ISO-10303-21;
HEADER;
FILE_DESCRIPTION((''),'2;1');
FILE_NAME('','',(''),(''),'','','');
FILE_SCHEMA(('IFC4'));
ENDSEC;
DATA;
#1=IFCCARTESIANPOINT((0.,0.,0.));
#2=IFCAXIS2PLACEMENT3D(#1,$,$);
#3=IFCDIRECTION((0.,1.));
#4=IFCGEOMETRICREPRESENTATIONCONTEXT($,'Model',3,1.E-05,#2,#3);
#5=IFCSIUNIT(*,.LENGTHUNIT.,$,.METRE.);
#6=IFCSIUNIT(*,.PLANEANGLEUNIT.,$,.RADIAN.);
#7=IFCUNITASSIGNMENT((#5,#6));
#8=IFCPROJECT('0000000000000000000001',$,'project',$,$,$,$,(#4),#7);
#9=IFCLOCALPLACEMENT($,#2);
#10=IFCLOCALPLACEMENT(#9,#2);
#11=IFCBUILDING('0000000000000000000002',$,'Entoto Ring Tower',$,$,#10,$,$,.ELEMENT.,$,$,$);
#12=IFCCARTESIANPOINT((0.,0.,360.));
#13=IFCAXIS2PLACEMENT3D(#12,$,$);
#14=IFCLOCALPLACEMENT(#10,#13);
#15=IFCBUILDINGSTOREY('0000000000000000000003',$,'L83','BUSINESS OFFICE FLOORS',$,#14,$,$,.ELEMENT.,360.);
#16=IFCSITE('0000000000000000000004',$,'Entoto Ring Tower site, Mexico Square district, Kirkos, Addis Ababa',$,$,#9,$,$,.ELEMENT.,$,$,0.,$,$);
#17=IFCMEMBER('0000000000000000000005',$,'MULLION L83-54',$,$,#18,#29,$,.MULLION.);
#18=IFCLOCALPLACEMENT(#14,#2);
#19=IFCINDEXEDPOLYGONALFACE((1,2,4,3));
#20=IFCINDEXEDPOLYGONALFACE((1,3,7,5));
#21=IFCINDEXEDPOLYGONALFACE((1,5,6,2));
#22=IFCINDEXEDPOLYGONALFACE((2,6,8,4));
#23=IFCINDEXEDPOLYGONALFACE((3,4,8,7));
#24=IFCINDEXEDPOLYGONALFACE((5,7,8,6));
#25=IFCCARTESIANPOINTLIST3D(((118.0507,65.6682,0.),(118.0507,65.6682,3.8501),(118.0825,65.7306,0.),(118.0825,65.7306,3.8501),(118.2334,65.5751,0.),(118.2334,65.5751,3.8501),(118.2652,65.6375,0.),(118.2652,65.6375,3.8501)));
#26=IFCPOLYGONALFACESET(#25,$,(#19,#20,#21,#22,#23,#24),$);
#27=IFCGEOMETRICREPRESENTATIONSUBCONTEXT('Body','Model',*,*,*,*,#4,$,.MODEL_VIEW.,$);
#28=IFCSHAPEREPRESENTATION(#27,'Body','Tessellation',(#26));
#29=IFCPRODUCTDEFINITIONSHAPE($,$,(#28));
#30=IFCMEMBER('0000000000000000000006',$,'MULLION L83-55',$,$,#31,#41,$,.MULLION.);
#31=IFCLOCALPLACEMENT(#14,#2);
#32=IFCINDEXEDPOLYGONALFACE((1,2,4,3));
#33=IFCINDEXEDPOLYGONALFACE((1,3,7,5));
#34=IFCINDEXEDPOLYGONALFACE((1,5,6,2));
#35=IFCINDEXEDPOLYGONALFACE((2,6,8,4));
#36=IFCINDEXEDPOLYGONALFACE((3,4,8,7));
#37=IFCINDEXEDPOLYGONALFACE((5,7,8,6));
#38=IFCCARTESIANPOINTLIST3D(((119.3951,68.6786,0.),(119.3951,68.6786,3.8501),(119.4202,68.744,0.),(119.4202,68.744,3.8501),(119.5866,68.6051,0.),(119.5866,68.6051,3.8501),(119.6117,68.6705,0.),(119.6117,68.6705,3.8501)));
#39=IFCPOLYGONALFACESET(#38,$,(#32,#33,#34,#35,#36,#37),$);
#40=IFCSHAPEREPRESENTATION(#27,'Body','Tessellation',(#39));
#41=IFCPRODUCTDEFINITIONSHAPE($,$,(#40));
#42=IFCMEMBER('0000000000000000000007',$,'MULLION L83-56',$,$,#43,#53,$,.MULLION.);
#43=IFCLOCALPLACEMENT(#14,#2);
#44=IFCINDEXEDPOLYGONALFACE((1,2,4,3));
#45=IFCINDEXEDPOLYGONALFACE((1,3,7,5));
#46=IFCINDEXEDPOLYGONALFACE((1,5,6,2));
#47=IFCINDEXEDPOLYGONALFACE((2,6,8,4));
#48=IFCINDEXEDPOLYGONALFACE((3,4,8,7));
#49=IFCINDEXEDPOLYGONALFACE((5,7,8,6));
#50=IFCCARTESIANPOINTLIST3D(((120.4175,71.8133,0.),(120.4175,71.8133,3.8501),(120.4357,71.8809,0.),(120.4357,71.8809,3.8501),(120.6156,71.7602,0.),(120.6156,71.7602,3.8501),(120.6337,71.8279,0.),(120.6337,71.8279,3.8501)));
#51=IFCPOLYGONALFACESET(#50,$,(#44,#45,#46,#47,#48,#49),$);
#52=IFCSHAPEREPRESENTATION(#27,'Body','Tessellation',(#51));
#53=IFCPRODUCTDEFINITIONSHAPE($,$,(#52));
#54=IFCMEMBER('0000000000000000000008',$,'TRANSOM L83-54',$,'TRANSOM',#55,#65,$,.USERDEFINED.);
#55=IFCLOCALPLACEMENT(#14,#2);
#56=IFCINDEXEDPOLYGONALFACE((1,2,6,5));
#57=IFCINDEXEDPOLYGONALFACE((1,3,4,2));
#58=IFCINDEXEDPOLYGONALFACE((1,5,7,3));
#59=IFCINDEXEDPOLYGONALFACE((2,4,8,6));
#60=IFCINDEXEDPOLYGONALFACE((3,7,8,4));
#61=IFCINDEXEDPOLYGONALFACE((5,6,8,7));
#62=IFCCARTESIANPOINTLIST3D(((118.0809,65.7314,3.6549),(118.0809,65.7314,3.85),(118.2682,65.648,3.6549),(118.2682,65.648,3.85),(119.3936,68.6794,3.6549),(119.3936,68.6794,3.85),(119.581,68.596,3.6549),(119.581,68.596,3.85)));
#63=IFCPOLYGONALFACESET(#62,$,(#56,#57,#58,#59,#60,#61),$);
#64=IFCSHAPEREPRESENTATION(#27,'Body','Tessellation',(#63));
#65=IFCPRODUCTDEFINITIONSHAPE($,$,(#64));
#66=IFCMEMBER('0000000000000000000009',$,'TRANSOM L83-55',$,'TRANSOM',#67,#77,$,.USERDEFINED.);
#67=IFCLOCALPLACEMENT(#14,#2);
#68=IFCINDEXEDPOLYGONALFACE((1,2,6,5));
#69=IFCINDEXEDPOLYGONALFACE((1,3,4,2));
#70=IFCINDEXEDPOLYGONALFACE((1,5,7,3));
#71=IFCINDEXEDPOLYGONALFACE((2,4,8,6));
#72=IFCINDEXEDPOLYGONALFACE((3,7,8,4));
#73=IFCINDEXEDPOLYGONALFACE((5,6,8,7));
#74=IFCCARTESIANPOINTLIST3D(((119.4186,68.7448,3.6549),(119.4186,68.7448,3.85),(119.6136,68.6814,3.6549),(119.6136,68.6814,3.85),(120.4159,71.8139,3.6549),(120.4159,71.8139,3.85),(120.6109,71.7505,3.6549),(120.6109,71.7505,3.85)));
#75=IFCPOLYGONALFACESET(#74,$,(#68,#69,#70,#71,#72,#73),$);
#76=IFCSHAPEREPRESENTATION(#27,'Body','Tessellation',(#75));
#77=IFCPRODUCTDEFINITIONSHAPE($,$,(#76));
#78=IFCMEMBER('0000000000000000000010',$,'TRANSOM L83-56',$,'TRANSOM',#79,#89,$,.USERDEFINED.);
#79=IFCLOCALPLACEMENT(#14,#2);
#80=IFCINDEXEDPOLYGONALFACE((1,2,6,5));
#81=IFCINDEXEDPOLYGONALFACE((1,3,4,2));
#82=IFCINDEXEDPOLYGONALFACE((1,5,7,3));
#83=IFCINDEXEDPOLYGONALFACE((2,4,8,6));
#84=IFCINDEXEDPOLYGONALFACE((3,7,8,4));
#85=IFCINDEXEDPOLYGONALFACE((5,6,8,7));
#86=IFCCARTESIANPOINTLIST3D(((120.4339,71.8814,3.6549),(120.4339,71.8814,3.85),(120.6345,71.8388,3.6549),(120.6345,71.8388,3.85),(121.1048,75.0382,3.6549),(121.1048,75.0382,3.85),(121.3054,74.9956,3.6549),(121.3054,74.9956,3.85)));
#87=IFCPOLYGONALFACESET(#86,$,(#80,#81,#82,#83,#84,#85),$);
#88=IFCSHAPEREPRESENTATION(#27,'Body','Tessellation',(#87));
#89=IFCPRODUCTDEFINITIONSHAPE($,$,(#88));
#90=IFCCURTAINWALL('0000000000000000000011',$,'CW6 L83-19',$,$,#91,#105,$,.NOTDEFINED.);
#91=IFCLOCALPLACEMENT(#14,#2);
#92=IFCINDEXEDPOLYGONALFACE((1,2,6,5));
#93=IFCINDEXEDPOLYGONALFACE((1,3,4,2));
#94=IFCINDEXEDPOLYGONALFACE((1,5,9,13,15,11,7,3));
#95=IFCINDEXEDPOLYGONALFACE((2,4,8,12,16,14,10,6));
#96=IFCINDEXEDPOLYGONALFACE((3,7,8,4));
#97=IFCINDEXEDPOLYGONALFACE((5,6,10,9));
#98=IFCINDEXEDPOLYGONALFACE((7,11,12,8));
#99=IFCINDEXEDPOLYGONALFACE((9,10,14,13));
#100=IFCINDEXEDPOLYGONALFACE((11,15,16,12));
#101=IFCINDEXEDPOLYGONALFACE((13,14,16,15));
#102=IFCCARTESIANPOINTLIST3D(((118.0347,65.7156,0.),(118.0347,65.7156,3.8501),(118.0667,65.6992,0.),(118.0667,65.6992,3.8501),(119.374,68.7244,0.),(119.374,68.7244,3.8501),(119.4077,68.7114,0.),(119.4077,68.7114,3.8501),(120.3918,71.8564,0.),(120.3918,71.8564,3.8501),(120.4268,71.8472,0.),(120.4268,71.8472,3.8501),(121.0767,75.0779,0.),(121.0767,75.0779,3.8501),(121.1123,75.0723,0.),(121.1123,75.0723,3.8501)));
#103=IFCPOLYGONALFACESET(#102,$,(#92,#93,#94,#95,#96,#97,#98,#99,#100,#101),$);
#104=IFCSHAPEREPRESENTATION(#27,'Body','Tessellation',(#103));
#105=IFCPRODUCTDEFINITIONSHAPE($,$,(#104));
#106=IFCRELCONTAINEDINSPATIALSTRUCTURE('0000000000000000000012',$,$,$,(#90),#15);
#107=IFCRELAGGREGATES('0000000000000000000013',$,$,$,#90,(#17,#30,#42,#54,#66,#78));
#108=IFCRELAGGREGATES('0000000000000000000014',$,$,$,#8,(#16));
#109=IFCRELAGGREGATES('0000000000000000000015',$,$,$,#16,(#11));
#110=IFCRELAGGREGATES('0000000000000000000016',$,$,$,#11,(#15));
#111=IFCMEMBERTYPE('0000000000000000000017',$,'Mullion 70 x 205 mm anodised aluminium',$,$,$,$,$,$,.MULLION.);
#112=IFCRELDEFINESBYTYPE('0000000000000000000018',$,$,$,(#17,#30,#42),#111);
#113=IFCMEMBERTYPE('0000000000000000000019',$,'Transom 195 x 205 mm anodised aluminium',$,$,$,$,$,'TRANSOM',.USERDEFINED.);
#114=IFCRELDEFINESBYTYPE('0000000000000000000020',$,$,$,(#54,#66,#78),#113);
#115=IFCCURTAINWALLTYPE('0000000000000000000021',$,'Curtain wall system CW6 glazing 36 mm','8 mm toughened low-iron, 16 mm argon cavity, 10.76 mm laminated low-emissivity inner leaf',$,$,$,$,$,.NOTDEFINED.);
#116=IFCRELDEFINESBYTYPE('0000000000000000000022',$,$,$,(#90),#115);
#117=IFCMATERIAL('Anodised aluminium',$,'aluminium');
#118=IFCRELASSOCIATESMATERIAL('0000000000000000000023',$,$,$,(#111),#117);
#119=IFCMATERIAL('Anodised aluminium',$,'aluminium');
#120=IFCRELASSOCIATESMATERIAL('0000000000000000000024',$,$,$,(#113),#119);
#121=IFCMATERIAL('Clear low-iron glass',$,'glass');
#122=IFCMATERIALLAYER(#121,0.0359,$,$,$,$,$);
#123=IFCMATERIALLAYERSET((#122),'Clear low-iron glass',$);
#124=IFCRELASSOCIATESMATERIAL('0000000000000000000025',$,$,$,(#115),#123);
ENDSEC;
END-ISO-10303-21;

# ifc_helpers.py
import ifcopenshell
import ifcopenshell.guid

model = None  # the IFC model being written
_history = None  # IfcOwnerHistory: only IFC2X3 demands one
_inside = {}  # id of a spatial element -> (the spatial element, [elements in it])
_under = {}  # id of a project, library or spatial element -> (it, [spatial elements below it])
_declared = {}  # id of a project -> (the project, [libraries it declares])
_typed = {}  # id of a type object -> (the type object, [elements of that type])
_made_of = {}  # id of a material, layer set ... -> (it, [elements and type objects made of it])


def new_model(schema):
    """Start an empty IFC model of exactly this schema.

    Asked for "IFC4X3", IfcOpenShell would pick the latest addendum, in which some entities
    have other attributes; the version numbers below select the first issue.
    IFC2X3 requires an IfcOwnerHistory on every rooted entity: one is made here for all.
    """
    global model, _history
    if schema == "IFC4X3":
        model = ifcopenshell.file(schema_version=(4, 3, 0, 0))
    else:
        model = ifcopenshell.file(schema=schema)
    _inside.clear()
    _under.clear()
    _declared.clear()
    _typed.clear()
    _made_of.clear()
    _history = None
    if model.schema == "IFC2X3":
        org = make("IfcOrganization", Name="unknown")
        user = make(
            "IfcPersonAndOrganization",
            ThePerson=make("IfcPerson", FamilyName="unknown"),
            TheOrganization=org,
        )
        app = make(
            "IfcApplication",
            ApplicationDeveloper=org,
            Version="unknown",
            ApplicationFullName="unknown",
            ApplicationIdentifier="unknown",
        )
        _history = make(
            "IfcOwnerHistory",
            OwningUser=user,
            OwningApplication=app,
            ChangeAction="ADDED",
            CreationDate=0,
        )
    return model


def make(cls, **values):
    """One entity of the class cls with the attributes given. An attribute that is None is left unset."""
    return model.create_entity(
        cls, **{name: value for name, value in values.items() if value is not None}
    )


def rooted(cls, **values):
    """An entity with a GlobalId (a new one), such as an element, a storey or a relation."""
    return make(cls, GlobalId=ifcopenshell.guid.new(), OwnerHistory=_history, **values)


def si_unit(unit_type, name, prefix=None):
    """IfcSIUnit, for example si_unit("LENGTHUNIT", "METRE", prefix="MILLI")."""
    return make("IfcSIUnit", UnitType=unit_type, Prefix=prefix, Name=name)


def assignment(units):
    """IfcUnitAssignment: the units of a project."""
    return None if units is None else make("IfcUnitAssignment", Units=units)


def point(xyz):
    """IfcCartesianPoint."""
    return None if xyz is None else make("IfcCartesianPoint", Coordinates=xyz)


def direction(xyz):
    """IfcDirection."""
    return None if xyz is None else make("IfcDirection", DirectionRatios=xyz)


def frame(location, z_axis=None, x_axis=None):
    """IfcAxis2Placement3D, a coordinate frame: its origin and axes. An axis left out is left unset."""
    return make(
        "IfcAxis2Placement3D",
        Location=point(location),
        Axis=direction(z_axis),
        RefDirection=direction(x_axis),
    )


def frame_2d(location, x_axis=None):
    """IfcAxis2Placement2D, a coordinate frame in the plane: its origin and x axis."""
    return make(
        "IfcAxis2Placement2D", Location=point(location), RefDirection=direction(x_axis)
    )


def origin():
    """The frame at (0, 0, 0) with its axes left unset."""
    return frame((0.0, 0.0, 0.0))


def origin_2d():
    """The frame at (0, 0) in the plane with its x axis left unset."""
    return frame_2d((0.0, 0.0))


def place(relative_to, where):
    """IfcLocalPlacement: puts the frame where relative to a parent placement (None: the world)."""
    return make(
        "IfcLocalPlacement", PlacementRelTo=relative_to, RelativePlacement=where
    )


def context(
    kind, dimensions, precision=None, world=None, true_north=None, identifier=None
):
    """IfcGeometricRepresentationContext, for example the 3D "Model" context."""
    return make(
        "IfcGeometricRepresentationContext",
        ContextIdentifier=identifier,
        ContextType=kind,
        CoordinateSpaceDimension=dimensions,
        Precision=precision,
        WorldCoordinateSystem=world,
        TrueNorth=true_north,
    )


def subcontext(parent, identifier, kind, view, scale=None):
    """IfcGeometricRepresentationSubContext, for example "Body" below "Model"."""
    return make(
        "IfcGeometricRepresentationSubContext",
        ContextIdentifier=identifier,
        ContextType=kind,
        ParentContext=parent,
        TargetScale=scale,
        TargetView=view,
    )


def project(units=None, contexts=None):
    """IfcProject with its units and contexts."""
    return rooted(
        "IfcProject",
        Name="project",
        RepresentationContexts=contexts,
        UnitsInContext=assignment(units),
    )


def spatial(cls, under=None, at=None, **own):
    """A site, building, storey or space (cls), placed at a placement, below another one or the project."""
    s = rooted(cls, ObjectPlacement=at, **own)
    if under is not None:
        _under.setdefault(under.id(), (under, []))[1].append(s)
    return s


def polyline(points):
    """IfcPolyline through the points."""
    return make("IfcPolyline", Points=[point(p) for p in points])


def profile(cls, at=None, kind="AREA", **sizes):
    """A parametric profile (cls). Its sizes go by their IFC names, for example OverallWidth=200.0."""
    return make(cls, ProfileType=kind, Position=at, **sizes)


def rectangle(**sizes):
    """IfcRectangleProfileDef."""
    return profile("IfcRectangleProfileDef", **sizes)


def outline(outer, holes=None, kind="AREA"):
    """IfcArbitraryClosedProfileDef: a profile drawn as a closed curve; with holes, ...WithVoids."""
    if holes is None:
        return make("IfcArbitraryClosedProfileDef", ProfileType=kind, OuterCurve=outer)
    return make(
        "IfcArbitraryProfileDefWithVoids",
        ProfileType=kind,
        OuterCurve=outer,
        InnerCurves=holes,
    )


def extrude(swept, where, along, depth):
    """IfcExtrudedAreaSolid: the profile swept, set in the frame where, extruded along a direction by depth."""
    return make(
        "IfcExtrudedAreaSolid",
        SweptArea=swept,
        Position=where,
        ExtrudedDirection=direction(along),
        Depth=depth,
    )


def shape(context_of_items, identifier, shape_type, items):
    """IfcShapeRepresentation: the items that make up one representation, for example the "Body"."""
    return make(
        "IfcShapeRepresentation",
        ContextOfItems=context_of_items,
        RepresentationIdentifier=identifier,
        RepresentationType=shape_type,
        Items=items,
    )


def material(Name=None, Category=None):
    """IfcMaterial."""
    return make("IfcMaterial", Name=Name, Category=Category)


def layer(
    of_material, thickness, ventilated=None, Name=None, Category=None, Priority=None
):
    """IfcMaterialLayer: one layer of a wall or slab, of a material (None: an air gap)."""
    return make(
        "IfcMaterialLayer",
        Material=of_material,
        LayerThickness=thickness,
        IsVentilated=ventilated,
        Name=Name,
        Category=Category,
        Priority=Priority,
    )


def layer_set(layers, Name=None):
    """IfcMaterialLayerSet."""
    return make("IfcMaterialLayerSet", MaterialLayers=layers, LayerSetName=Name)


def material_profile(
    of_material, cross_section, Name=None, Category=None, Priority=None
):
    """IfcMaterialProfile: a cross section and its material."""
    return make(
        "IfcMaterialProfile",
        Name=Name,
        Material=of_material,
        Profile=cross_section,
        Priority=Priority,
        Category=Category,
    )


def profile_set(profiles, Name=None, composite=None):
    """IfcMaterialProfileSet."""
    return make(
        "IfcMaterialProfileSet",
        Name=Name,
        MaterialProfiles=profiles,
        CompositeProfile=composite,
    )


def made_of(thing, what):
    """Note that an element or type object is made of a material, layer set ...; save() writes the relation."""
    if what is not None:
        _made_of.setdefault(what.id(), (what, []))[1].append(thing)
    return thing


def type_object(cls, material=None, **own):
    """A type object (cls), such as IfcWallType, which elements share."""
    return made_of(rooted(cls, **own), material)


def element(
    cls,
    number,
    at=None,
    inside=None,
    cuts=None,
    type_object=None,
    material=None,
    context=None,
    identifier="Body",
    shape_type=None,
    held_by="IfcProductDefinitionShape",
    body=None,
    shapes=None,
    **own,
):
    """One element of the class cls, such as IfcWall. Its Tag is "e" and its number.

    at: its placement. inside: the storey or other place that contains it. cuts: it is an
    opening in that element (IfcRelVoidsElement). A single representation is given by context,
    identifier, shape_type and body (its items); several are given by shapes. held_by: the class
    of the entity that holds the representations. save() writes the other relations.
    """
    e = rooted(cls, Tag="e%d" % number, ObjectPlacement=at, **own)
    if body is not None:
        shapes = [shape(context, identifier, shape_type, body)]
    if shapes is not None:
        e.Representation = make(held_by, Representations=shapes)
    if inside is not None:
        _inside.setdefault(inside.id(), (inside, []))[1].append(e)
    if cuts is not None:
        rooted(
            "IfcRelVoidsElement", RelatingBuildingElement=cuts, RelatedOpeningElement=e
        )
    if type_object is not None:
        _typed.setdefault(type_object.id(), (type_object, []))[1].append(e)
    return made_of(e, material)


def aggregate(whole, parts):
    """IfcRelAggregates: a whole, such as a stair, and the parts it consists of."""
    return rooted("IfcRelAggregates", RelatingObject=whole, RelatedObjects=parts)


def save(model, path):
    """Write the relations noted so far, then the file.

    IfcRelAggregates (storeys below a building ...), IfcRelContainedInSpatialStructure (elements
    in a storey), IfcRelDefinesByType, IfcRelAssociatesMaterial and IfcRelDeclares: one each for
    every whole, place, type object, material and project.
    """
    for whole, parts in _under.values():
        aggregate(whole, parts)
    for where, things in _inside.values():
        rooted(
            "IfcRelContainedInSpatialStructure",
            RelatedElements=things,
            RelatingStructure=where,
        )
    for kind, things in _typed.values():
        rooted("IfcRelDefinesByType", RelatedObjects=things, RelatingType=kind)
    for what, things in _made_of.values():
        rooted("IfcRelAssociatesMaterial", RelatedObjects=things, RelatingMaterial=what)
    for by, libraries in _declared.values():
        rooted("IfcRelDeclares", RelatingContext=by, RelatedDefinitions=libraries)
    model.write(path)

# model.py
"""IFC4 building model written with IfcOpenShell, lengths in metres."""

from ifc_helpers import new_model, si_unit, direction, frame, origin, origin_2d, place, context, subcontext, project, spatial, polyline, rectangle, outline, extrude, material, layer, layer_set, material_profile, profile_set, type_object, element, aggregate, save


model = new_model("IFC4")

# Units and contexts
model_context = context("Model", 3, precision=1e-05, world=origin(), true_north=direction((0.0, 1.0)))
body_context = subcontext(model_context, "Body", "Model", "MODEL_VIEW")
ifc_project = project(units=[si_unit("LENGTHUNIT", "METRE"), si_unit("PLANEANGLEUNIT", "RADIAN")], contexts=[model_context])

# Members
ifc_material_1 = material(Name="Anodised aluminium", Category="aluminium")
ifc_material_profile_1 = material_profile(ifc_material_1, rectangle(XDim=0.0701, YDim=0.2051, at=origin_2d()), Name="Mullion 70 x 205 mm anodised aluminium")
ifc_profile_set_1 = profile_set([ifc_material_profile_1], Name="Anodised aluminium")
member_type_1 = type_object("IfcMemberType", Name="Mullion 70 x 205 mm anodised aluminium", PredefinedType="MULLION", material=ifc_profile_set_1)
site_placement = place(None, origin())
building_placement = place(site_placement, origin())
storey_placement = place(building_placement, frame((0.0, 0.0, 360.0)))
member_1_placement = place(storey_placement, frame((118.158, 65.6528, 0.0), z_axis=(0.0, 0.0, 1.0), x_axis=(0.45399, 0.891007, 0.0)))
member_1 = element("IfcMember", 1, at=member_1_placement, type_object=member_type_1, Name="MULLION L83-54", PredefinedType="MULLION", context=body_context, shape_type="SweptSolid", body=[
    extrude(rectangle(XDim=0.0701, YDim=0.2051, at=origin_2d()), origin(), (0.0, 0.0, 1.0), 3.8501),
])
member_2_placement = place(storey_placement, frame((119.5034, 68.6746, 0.0), z_axis=(0.0, 0.0, 1.0), x_axis=(0.358368, 0.93358, 0.0)))
member_2 = element("IfcMember", 2, at=member_2_placement, type_object=member_type_1, Name="MULLION L83-55", PredefinedType="MULLION", context=body_context, shape_type="SweptSolid", body=[
    extrude(rectangle(XDim=0.0701, YDim=0.2051, at=origin_2d()), origin(), (0.0, 0.0, 1.0), 3.8501),
])
member_3_placement = place(storey_placement, frame((120.5256, 71.8206, 0.0), z_axis=(0.0, 0.0, 1.0), x_axis=(0.258819, 0.965926, 0.0)))
member_3 = element("IfcMember", 3, at=member_3_placement, type_object=member_type_1, Name="MULLION L83-56", PredefinedType="MULLION", context=body_context, shape_type="SweptSolid", body=[
    extrude(rectangle(XDim=0.0701, YDim=0.2051, at=origin_2d()), origin(), (0.0, 0.0, 1.0), 3.8501),
])
ifc_material_2 = material(Name="Anodised aluminium", Category="aluminium")
ifc_material_profile_2 = material_profile(ifc_material_2, rectangle(XDim=0.2051, YDim=0.1951, at=origin_2d()), Name="Transom 195 x 205 mm anodised aluminium")
ifc_profile_set_2 = profile_set([ifc_material_profile_2], Name="Anodised aluminium")
member_type_2 = type_object("IfcMemberType", Name="Transom 195 x 205 mm anodised aluminium", ElementType="TRANSOM", PredefinedType="USERDEFINED", material=ifc_profile_set_2)
member_4_placement = place(storey_placement, frame((118.1746, 65.6897, 3.7524), z_axis=(0.406791, 0.913521, 0.0), x_axis=(-0.913521, 0.406791, 0.0)))
member_4 = element("IfcMember", 4, at=member_4_placement, type_object=member_type_2, Name="TRANSOM L83-54", ObjectType="TRANSOM", PredefinedType="USERDEFINED", context=body_context, shape_type="SweptSolid", body=[
    extrude(rectangle(XDim=0.2051, YDim=0.1951, at=origin_2d()), origin(), (0.0, 0.0, 1.0), 3.2271),
])
member_5_placement = place(storey_placement, frame((119.5161, 68.7131, 3.7524), z_axis=(0.309047, 0.951047, 0.0), x_axis=(-0.951047, 0.309047, 0.0)))
member_5 = element("IfcMember", 5, at=member_5_placement, type_object=member_type_2, Name="TRANSOM L83-55", ObjectType="TRANSOM", PredefinedType="USERDEFINED", context=body_context, shape_type="SweptSolid", body=[
    extrude(rectangle(XDim=0.2051, YDim=0.1951, at=origin_2d()), origin(), (0.0, 0.0, 1.0), 3.2271),
])
member_6_placement = place(storey_placement, frame((120.5342, 71.8601, 3.7524), z_axis=(0.207886, 0.978153, 0.0), x_axis=(-0.978153, 0.207886, 0.0)))
member_6 = element("IfcMember", 6, at=member_6_placement, type_object=member_type_2, Name="TRANSOM L83-56", ObjectType="TRANSOM", PredefinedType="USERDEFINED", context=body_context, shape_type="SweptSolid", body=[
    extrude(rectangle(XDim=0.2051, YDim=0.1951, at=origin_2d()), origin(), (0.0, 0.0, 1.0), 3.2273),
])

# Site, building, storey
site = spatial("IfcSite", under=ifc_project, at=site_placement, Name="Entoto Ring Tower site, Mexico Square district, Kirkos, Addis Ababa", CompositionType="ELEMENT", RefElevation=0.0)
building = spatial("IfcBuilding", under=site, at=building_placement, Name="Entoto Ring Tower", CompositionType="ELEMENT")
storey = spatial("IfcBuildingStorey", under=building, at=storey_placement, Name="L83", Description="BUSINESS OFFICE FLOORS", CompositionType="ELEMENT", Elevation=360.0)

# Curtain wall
ifc_material_3 = material(Name="Clear low-iron glass", Category="glass")
ifc_layer_1 = layer(ifc_material_3, 0.0359)
ifc_layer_set_1 = layer_set([ifc_layer_1], Name="Clear low-iron glass")
curtain_wall_type = type_object("IfcCurtainWallType", Name="Curtain wall system CW6 glazing 36 mm", Description="8 mm toughened low-iron, 16 mm argon cavity, 10.76 mm laminated low-emissivity inner leaf", PredefinedType="NOTDEFINED", material=ifc_layer_set_1)
curtain_wall_1_placement = place(storey_placement, origin())
curtain_wall_1 = element("IfcCurtainWall", 7, at=curtain_wall_1_placement, inside=storey, type_object=curtain_wall_type, Name="CW6 L83-19", PredefinedType="NOTDEFINED", context=body_context, shape_type="SweptSolid", body=[
    extrude(outline(polyline([(118.0667, 65.6992), (119.4077, 68.7114), (120.4268, 71.8472), (121.1123, 75.0723), (121.0767, 75.0779), (120.3918, 71.8564), (119.374, 68.7244), (118.0347, 65.7156), (118.0667, 65.6992)])), origin(), (0.0, 0.0, 1.0), 3.8501),
])
aggregate(curtain_wall_1, [member_1, member_2, member_3, member_4, member_5, member_6])

save(model, "model.ifc")
